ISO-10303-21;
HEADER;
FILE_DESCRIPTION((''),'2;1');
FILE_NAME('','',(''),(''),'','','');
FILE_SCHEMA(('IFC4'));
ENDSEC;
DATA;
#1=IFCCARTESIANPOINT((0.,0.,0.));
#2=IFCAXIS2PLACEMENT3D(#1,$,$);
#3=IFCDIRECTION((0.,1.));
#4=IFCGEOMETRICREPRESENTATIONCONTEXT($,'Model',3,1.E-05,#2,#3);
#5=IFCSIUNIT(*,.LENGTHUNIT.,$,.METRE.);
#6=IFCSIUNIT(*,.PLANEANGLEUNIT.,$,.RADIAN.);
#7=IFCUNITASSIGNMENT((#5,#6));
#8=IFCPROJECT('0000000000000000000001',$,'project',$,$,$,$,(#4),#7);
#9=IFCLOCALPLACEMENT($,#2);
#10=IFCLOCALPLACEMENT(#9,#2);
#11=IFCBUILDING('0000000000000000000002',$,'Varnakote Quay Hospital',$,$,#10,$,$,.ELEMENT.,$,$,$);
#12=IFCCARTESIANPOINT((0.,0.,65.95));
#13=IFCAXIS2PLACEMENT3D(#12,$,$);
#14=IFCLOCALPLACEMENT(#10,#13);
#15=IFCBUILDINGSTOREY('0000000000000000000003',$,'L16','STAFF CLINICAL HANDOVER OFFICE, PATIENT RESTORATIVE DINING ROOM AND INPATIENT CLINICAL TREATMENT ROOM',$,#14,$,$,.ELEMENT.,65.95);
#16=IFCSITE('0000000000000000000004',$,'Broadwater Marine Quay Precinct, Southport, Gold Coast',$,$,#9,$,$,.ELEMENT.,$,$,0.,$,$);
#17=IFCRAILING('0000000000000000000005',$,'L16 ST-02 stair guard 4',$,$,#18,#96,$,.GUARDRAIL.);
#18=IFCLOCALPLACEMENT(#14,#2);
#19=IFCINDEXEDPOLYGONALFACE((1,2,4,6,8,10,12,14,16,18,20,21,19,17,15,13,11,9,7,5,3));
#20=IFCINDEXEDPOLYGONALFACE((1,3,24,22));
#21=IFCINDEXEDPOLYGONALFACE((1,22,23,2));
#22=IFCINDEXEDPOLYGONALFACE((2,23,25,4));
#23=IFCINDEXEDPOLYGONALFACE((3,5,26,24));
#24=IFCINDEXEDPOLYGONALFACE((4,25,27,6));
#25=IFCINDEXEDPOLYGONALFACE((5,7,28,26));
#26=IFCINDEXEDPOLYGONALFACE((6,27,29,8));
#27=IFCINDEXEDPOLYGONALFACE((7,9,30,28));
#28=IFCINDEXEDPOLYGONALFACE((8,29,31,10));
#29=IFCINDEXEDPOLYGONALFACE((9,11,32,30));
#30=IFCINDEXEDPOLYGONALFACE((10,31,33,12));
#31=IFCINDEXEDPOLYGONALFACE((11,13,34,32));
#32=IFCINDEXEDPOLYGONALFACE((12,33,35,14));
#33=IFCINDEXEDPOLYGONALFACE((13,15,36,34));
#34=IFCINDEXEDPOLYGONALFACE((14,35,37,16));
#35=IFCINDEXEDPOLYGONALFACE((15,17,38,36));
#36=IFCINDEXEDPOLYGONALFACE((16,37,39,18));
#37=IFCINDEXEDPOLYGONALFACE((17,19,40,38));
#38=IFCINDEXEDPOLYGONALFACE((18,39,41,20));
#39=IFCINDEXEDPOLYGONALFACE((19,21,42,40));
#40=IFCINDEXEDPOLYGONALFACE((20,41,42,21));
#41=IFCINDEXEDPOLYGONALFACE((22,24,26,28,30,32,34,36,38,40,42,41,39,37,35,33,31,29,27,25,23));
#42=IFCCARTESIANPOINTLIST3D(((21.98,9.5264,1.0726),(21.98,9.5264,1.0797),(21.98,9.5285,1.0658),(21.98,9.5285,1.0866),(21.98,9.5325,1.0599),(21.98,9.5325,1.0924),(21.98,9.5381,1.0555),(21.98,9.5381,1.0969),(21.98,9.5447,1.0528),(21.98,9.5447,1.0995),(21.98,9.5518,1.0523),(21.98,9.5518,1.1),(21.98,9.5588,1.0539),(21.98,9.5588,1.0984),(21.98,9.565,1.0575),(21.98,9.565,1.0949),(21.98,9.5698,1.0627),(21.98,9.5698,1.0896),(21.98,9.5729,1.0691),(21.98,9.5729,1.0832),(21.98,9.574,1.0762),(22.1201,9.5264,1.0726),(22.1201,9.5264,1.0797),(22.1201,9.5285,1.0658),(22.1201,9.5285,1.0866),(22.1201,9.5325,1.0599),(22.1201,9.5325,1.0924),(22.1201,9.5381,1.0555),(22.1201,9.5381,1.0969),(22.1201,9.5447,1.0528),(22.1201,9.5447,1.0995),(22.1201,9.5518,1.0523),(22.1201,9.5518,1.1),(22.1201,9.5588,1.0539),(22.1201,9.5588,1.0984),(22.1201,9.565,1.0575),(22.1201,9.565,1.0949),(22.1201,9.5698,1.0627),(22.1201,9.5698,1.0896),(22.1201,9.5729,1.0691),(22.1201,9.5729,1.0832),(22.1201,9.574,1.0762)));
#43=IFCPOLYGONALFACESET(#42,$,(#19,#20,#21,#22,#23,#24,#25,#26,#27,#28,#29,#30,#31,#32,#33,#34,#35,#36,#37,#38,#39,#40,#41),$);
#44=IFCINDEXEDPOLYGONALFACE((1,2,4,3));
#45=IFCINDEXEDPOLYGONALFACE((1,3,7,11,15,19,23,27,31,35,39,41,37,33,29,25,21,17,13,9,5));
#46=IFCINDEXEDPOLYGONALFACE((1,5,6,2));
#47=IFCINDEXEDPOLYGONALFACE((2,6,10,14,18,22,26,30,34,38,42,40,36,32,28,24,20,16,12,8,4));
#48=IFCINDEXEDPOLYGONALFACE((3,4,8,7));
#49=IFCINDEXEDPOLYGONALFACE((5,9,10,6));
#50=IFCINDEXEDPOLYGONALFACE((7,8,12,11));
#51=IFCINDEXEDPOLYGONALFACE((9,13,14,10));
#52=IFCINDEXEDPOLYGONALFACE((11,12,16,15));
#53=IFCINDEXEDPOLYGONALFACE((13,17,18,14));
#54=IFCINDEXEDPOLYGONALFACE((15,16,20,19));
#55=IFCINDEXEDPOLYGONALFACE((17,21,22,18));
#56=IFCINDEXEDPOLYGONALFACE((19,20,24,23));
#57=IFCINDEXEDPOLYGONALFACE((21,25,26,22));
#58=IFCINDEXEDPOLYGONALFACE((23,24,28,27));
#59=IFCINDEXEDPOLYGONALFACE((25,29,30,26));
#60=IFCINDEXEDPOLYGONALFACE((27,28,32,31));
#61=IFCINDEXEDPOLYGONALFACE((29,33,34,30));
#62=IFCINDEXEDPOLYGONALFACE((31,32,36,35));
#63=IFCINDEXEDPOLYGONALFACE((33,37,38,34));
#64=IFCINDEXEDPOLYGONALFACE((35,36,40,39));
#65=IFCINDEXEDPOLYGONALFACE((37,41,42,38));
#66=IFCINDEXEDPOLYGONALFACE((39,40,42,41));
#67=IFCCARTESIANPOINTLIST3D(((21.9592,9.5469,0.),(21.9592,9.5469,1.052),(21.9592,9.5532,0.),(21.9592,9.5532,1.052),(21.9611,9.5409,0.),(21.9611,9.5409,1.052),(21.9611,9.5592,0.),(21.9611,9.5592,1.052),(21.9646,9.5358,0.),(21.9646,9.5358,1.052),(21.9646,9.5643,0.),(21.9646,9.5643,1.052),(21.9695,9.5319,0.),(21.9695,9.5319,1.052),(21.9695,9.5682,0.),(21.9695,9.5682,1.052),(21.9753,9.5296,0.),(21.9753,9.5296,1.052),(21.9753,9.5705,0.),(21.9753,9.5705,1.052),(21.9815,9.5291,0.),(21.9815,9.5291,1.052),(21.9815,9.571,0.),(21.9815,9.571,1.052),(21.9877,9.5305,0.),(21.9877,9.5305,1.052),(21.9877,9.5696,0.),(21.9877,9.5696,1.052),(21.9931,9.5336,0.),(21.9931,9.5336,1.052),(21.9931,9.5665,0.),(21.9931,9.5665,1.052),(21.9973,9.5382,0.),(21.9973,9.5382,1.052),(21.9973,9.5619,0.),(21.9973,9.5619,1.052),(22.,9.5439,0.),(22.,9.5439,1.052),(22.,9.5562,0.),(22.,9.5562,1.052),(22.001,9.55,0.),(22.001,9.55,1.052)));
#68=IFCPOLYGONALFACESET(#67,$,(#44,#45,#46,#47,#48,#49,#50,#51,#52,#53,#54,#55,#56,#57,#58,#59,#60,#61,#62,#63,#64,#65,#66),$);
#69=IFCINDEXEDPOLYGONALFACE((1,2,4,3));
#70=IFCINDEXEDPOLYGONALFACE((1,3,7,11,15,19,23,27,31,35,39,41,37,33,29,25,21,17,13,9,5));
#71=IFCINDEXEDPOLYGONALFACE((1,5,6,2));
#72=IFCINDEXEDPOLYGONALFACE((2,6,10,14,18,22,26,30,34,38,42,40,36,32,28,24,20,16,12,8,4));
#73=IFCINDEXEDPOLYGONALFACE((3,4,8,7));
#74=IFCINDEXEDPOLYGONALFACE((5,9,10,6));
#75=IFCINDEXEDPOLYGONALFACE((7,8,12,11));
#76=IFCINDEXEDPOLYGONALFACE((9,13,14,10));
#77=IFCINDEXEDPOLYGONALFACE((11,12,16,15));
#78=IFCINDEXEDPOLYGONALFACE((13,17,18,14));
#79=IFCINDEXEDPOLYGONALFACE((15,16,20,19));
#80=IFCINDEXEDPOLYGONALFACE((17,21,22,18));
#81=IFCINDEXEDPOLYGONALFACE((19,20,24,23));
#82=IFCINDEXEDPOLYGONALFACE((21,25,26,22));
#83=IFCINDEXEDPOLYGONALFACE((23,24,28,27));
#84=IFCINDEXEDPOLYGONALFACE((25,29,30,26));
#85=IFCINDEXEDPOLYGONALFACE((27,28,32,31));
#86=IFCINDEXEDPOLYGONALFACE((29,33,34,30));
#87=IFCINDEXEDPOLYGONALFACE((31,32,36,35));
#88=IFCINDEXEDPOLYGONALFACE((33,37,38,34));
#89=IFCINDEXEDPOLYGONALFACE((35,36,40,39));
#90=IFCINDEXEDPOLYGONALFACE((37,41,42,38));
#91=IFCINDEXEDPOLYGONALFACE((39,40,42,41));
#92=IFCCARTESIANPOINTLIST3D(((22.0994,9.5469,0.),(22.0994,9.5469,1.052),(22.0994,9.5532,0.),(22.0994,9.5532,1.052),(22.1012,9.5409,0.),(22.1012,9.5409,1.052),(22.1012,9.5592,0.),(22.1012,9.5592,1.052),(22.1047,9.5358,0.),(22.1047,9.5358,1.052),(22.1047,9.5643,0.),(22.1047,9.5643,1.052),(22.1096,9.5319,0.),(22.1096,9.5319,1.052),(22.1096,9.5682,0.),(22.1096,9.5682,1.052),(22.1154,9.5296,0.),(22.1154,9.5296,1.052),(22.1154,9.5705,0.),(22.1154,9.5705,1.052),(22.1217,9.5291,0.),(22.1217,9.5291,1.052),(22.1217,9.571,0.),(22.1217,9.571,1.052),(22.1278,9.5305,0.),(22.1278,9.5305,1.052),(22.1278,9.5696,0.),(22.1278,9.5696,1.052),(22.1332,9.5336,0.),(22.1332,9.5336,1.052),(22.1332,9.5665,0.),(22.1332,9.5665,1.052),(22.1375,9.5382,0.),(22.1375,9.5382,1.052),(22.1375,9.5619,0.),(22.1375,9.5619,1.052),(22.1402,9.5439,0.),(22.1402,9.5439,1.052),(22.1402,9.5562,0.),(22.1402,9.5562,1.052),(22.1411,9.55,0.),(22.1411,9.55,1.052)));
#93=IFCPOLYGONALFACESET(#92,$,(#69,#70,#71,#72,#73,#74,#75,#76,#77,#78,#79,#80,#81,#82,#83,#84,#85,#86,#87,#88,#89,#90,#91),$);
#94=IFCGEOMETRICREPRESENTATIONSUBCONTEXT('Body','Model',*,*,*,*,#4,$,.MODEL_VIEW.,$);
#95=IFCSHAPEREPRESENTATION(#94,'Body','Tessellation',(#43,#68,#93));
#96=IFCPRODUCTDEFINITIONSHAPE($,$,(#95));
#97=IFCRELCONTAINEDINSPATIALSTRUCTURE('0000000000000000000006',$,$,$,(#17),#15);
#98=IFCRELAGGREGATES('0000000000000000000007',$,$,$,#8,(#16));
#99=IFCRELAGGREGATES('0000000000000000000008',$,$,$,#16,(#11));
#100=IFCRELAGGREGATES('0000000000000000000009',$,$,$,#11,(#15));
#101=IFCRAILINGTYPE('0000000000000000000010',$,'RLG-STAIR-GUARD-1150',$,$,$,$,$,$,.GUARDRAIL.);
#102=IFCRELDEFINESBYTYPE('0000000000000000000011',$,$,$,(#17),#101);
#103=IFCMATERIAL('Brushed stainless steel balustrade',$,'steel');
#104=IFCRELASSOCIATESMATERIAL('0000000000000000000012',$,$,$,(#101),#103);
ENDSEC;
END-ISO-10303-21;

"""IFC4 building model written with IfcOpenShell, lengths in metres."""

from ifc_helpers import new_model, si_unit, direction, frame, origin, origin_2d, place, context, subcontext, project, spatial, circle, extrude, material, type_object, element, save


model = new_model("IFC4")

# Units and contexts
model_context = context("Model", 3, precision=1e-05, world=origin(), true_north=direction((0.0, 1.0)))
body_context = subcontext(model_context, "Body", "Model", "MODEL_VIEW")
ifc_project = project(units=[si_unit("LENGTHUNIT", "METRE"), si_unit("PLANEANGLEUNIT", "RADIAN")], contexts=[model_context])

# Site, building, storey
site_placement = place(None, origin())
site = spatial("IfcSite", under=ifc_project, at=site_placement, Name="Broadwater Marine Quay Precinct, Southport, Gold Coast", CompositionType="ELEMENT", RefElevation=0.0)
building_placement = place(site_placement, origin())
building = spatial("IfcBuilding", under=site, at=building_placement, Name="Varnakote Quay Hospital", CompositionType="ELEMENT")
storey_placement = place(building_placement, frame((0.0, 0.0, 65.95)))
storey = spatial("IfcBuildingStorey", under=building, at=storey_placement, Name="L16", Description="STAFF CLINICAL HANDOVER OFFICE, PATIENT RESTORATIVE DINING ROOM AND INPATIENT CLINICAL TREATMENT ROOM", CompositionType="ELEMENT", Elevation=65.95)

# Railing
ifc_material_1 = material(Name="Brushed stainless steel balustrade", Category="steel")
railing_type_1 = type_object("IfcRailingType", Name="RLG-STAIR-GUARD-1150", PredefinedType="GUARDRAIL", material=ifc_material_1)
railing_1_placement = place(storey_placement, frame((21.98, 9.55, 0.0)))
element("IfcRailing", 1, at=railing_1_placement, inside=storey, type_object=railing_type_1, Name="L16 ST-02 stair guard 4", PredefinedType="GUARDRAIL", context=body_context, shape_type="SweptSolid", body=[
    extrude(circle(Radius=0.0239, at=origin_2d()), frame((0.0, 0.0, 1.0762), z_axis=(1.0, 0.0, 0.0), x_axis=(0.0, 1.0, 0.0)), (0.0, 0.0, 1.0), 0.1401),
    extrude(circle(Radius=0.021, at=origin_2d()), origin(), (0.0, 0.0, 1.0), 1.052),
    extrude(circle(Radius=0.021, at=origin_2d()), frame((0.1401, 0.0, 0.0)), (0.0, 0.0, 1.0), 1.052),
])

save(model, "model.ifc")
